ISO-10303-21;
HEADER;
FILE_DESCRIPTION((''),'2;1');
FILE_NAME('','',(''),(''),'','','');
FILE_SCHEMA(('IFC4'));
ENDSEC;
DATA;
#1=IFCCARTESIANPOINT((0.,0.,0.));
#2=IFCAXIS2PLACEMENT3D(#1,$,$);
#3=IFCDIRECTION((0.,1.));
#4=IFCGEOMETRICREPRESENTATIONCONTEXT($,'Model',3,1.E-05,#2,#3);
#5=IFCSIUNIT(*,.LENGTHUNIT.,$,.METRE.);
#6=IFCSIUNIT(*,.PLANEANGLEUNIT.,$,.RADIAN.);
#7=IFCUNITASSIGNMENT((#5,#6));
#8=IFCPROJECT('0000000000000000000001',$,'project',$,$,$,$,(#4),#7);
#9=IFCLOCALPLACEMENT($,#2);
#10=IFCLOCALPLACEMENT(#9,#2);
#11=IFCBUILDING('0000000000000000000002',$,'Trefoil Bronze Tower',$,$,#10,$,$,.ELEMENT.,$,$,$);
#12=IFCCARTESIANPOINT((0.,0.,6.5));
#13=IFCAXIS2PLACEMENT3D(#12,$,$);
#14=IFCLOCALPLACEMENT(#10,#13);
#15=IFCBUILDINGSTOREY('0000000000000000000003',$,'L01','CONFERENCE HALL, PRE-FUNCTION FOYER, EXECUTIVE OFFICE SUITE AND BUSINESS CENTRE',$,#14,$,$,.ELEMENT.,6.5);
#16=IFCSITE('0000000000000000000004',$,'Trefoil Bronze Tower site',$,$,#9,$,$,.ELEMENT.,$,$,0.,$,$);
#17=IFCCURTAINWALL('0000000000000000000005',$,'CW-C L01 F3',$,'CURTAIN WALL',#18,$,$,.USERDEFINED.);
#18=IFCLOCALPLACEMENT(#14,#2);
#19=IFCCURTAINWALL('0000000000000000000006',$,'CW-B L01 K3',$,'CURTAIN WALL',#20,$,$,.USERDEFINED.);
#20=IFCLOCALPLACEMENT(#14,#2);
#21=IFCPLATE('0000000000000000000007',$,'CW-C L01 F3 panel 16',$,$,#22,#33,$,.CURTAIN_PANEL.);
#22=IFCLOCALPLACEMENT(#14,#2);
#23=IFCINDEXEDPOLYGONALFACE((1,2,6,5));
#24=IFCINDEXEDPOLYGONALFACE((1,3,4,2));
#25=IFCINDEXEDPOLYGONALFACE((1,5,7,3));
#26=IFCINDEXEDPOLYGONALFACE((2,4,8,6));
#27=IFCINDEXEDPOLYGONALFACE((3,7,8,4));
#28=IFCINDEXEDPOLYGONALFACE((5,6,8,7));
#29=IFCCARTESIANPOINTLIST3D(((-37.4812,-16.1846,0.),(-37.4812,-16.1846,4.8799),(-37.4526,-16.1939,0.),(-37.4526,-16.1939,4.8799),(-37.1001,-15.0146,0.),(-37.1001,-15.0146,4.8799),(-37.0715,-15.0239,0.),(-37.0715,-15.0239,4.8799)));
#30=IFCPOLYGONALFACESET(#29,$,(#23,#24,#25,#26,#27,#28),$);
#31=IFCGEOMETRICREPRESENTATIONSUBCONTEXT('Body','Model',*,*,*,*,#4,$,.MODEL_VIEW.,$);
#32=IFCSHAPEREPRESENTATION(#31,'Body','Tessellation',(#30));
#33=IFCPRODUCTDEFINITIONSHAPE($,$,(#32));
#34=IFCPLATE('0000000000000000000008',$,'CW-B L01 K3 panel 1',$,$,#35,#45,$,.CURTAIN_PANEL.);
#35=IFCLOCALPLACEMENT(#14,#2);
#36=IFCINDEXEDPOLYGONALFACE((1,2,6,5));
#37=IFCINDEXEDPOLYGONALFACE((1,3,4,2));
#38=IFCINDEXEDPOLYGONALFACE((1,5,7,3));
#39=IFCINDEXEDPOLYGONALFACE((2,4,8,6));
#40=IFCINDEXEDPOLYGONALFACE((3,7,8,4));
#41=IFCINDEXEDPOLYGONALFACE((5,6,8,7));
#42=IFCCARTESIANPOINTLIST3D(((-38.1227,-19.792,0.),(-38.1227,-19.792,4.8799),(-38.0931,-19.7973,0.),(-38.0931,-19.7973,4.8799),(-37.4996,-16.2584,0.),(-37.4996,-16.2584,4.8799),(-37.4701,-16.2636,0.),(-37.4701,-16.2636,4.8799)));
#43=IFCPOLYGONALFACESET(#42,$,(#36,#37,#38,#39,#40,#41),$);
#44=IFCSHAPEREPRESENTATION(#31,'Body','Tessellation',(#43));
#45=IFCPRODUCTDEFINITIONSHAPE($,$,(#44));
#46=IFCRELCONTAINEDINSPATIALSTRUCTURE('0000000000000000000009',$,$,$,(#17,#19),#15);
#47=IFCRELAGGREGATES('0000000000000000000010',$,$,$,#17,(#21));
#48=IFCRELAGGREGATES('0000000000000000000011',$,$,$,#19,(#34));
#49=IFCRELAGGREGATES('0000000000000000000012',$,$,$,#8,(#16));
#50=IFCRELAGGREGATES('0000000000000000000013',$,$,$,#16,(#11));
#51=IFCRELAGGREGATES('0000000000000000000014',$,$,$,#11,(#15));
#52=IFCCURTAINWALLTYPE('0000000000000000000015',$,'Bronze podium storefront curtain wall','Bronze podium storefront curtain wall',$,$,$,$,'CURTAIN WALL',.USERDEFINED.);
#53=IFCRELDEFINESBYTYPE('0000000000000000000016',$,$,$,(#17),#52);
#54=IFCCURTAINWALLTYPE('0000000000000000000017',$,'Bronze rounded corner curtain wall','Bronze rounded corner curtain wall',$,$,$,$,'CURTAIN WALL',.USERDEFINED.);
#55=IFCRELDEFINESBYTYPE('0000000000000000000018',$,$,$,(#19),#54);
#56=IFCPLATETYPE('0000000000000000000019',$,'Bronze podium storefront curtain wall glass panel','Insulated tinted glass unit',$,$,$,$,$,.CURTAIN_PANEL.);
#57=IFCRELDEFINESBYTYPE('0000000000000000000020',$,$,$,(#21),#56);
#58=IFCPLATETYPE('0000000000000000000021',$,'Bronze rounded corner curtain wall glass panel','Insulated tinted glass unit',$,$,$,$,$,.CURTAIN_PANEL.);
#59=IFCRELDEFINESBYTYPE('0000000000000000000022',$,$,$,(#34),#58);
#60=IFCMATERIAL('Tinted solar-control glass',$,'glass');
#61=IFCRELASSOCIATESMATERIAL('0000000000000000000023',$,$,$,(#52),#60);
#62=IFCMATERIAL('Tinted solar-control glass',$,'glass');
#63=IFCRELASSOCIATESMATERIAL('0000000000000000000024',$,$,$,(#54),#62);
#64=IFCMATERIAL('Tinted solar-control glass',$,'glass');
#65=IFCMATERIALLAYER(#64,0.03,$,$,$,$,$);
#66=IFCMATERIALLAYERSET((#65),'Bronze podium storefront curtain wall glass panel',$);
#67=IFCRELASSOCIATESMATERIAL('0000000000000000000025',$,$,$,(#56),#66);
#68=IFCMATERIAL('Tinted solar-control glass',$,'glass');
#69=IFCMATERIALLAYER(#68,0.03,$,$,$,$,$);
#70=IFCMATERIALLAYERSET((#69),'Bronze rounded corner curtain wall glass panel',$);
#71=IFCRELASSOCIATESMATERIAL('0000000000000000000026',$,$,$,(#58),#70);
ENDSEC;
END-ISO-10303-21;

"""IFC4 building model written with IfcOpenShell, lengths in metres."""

from ifc_helpers import new_model, si_unit, direction, frame, origin, origin_2d, place, context, subcontext, project, spatial, rectangle, extrude, material, layer, layer_set, type_object, element, aggregate, save


model = new_model("IFC4")

# Units and contexts
model_context = context("Model", 3, precision=1e-05, world=origin(), true_north=direction((0.0, 1.0)))
body_context = subcontext(model_context, "Body", "Model", "MODEL_VIEW")
ifc_project = project(units=[si_unit("LENGTHUNIT", "METRE"), si_unit("PLANEANGLEUNIT", "RADIAN")], contexts=[model_context])

# Site, building, storey
site_placement = place(None, origin())
site = spatial("IfcSite", under=ifc_project, at=site_placement, Name="Trefoil Bronze Tower site", CompositionType="ELEMENT", RefElevation=0.0)
building_placement = place(site_placement, origin())
building = spatial("IfcBuilding", under=site, at=building_placement, Name="Trefoil Bronze Tower", CompositionType="ELEMENT")
storey_placement = place(building_placement, frame((0.0, 0.0, 6.5)))
storey = spatial("IfcBuildingStorey", under=building, at=storey_placement, Name="L01", Description="CONFERENCE HALL, PRE-FUNCTION FOYER, EXECUTIVE OFFICE SUITE AND BUSINESS CENTRE", CompositionType="ELEMENT", Elevation=6.5)

# Curtain walls
ifc_material_1 = material(Name="Tinted solar-control glass", Category="glass")
curtain_wall_type_1 = type_object("IfcCurtainWallType", Name="Bronze podium storefront curtain wall", Description="Bronze podium storefront curtain wall", ElementType="CURTAIN WALL", PredefinedType="USERDEFINED", material=ifc_material_1)
curtain_wall_1_placement = place(storey_placement, origin())
curtain_wall_1 = element("IfcCurtainWall", 1, at=curtain_wall_1_placement, inside=storey, type_object=curtain_wall_type_1, Name="CW-C L01 F3", ObjectType="CURTAIN WALL", PredefinedType="USERDEFINED")
ifc_material_2 = material(Name="Tinted solar-control glass", Category="glass")
curtain_wall_type_2 = type_object("IfcCurtainWallType", Name="Bronze rounded corner curtain wall", Description="Bronze rounded corner curtain wall", ElementType="CURTAIN WALL", PredefinedType="USERDEFINED", material=ifc_material_2)
curtain_wall_2_placement = place(storey_placement, origin())
curtain_wall_2 = element("IfcCurtainWall", 2, at=curtain_wall_2_placement, inside=storey, type_object=curtain_wall_type_2, Name="CW-B L01 K3", ObjectType="CURTAIN WALL", PredefinedType="USERDEFINED")

# Plates
ifc_material_3 = material(Name="Tinted solar-control glass", Category="glass")
ifc_layer_1 = layer(ifc_material_3, 0.03)
ifc_layer_set_1 = layer_set([ifc_layer_1], Name="Bronze podium storefront curtain wall glass panel")
plate_type_1 = type_object("IfcPlateType", Name="Bronze podium storefront curtain wall glass panel", Description="Insulated tinted glass unit", PredefinedType="CURTAIN_PANEL", material=ifc_layer_set_1)
plate_1_placement = place(storey_placement, frame((-37.2764, -15.6042, 0.0), z_axis=(0.0, 0.0, 1.0), x_axis=(-0.309728, -0.950825, 0.0)))
plate_1 = element("IfcPlate", 3, at=plate_1_placement, type_object=plate_type_1, Name="CW-C L01 F3 panel 16", PredefinedType="CURTAIN_PANEL", context=body_context, shape_type="SweptSolid", body=[
    extrude(rectangle(XDim=1.2305, YDim=0.03, at=origin_2d()), origin(), (0.0, 0.0, 1.0), 4.8799),
])
aggregate(curtain_wall_1, [plate_1])
ifc_material_4 = material(Name="Tinted solar-control glass", Category="glass")
ifc_layer_2 = layer(ifc_material_4, 0.03)
ifc_layer_set_2 = layer_set([ifc_layer_2], Name="Bronze rounded corner curtain wall glass panel")
plate_type_2 = type_object("IfcPlateType", Name="Bronze rounded corner curtain wall glass panel", Description="Insulated tinted glass unit", PredefinedType="CURTAIN_PANEL", material=ifc_layer_set_2)
plate_2_placement = place(storey_placement, frame((-37.7964, -18.0278, 0.0), z_axis=(0.0, 0.0, 1.0), x_axis=(-0.173648, -0.984808, 0.0)))
plate_2 = element("IfcPlate", 4, at=plate_2_placement, type_object=plate_type_2, Name="CW-B L01 K3 panel 1", PredefinedType="CURTAIN_PANEL", context=body_context, shape_type="SweptSolid", body=[
    extrude(rectangle(XDim=3.5881, YDim=0.03, at=origin_2d()), origin(), (0.0, 0.0, 1.0), 4.8799),
])
aggregate(curtain_wall_2, [plate_2])

save(model, "model.ifc")
